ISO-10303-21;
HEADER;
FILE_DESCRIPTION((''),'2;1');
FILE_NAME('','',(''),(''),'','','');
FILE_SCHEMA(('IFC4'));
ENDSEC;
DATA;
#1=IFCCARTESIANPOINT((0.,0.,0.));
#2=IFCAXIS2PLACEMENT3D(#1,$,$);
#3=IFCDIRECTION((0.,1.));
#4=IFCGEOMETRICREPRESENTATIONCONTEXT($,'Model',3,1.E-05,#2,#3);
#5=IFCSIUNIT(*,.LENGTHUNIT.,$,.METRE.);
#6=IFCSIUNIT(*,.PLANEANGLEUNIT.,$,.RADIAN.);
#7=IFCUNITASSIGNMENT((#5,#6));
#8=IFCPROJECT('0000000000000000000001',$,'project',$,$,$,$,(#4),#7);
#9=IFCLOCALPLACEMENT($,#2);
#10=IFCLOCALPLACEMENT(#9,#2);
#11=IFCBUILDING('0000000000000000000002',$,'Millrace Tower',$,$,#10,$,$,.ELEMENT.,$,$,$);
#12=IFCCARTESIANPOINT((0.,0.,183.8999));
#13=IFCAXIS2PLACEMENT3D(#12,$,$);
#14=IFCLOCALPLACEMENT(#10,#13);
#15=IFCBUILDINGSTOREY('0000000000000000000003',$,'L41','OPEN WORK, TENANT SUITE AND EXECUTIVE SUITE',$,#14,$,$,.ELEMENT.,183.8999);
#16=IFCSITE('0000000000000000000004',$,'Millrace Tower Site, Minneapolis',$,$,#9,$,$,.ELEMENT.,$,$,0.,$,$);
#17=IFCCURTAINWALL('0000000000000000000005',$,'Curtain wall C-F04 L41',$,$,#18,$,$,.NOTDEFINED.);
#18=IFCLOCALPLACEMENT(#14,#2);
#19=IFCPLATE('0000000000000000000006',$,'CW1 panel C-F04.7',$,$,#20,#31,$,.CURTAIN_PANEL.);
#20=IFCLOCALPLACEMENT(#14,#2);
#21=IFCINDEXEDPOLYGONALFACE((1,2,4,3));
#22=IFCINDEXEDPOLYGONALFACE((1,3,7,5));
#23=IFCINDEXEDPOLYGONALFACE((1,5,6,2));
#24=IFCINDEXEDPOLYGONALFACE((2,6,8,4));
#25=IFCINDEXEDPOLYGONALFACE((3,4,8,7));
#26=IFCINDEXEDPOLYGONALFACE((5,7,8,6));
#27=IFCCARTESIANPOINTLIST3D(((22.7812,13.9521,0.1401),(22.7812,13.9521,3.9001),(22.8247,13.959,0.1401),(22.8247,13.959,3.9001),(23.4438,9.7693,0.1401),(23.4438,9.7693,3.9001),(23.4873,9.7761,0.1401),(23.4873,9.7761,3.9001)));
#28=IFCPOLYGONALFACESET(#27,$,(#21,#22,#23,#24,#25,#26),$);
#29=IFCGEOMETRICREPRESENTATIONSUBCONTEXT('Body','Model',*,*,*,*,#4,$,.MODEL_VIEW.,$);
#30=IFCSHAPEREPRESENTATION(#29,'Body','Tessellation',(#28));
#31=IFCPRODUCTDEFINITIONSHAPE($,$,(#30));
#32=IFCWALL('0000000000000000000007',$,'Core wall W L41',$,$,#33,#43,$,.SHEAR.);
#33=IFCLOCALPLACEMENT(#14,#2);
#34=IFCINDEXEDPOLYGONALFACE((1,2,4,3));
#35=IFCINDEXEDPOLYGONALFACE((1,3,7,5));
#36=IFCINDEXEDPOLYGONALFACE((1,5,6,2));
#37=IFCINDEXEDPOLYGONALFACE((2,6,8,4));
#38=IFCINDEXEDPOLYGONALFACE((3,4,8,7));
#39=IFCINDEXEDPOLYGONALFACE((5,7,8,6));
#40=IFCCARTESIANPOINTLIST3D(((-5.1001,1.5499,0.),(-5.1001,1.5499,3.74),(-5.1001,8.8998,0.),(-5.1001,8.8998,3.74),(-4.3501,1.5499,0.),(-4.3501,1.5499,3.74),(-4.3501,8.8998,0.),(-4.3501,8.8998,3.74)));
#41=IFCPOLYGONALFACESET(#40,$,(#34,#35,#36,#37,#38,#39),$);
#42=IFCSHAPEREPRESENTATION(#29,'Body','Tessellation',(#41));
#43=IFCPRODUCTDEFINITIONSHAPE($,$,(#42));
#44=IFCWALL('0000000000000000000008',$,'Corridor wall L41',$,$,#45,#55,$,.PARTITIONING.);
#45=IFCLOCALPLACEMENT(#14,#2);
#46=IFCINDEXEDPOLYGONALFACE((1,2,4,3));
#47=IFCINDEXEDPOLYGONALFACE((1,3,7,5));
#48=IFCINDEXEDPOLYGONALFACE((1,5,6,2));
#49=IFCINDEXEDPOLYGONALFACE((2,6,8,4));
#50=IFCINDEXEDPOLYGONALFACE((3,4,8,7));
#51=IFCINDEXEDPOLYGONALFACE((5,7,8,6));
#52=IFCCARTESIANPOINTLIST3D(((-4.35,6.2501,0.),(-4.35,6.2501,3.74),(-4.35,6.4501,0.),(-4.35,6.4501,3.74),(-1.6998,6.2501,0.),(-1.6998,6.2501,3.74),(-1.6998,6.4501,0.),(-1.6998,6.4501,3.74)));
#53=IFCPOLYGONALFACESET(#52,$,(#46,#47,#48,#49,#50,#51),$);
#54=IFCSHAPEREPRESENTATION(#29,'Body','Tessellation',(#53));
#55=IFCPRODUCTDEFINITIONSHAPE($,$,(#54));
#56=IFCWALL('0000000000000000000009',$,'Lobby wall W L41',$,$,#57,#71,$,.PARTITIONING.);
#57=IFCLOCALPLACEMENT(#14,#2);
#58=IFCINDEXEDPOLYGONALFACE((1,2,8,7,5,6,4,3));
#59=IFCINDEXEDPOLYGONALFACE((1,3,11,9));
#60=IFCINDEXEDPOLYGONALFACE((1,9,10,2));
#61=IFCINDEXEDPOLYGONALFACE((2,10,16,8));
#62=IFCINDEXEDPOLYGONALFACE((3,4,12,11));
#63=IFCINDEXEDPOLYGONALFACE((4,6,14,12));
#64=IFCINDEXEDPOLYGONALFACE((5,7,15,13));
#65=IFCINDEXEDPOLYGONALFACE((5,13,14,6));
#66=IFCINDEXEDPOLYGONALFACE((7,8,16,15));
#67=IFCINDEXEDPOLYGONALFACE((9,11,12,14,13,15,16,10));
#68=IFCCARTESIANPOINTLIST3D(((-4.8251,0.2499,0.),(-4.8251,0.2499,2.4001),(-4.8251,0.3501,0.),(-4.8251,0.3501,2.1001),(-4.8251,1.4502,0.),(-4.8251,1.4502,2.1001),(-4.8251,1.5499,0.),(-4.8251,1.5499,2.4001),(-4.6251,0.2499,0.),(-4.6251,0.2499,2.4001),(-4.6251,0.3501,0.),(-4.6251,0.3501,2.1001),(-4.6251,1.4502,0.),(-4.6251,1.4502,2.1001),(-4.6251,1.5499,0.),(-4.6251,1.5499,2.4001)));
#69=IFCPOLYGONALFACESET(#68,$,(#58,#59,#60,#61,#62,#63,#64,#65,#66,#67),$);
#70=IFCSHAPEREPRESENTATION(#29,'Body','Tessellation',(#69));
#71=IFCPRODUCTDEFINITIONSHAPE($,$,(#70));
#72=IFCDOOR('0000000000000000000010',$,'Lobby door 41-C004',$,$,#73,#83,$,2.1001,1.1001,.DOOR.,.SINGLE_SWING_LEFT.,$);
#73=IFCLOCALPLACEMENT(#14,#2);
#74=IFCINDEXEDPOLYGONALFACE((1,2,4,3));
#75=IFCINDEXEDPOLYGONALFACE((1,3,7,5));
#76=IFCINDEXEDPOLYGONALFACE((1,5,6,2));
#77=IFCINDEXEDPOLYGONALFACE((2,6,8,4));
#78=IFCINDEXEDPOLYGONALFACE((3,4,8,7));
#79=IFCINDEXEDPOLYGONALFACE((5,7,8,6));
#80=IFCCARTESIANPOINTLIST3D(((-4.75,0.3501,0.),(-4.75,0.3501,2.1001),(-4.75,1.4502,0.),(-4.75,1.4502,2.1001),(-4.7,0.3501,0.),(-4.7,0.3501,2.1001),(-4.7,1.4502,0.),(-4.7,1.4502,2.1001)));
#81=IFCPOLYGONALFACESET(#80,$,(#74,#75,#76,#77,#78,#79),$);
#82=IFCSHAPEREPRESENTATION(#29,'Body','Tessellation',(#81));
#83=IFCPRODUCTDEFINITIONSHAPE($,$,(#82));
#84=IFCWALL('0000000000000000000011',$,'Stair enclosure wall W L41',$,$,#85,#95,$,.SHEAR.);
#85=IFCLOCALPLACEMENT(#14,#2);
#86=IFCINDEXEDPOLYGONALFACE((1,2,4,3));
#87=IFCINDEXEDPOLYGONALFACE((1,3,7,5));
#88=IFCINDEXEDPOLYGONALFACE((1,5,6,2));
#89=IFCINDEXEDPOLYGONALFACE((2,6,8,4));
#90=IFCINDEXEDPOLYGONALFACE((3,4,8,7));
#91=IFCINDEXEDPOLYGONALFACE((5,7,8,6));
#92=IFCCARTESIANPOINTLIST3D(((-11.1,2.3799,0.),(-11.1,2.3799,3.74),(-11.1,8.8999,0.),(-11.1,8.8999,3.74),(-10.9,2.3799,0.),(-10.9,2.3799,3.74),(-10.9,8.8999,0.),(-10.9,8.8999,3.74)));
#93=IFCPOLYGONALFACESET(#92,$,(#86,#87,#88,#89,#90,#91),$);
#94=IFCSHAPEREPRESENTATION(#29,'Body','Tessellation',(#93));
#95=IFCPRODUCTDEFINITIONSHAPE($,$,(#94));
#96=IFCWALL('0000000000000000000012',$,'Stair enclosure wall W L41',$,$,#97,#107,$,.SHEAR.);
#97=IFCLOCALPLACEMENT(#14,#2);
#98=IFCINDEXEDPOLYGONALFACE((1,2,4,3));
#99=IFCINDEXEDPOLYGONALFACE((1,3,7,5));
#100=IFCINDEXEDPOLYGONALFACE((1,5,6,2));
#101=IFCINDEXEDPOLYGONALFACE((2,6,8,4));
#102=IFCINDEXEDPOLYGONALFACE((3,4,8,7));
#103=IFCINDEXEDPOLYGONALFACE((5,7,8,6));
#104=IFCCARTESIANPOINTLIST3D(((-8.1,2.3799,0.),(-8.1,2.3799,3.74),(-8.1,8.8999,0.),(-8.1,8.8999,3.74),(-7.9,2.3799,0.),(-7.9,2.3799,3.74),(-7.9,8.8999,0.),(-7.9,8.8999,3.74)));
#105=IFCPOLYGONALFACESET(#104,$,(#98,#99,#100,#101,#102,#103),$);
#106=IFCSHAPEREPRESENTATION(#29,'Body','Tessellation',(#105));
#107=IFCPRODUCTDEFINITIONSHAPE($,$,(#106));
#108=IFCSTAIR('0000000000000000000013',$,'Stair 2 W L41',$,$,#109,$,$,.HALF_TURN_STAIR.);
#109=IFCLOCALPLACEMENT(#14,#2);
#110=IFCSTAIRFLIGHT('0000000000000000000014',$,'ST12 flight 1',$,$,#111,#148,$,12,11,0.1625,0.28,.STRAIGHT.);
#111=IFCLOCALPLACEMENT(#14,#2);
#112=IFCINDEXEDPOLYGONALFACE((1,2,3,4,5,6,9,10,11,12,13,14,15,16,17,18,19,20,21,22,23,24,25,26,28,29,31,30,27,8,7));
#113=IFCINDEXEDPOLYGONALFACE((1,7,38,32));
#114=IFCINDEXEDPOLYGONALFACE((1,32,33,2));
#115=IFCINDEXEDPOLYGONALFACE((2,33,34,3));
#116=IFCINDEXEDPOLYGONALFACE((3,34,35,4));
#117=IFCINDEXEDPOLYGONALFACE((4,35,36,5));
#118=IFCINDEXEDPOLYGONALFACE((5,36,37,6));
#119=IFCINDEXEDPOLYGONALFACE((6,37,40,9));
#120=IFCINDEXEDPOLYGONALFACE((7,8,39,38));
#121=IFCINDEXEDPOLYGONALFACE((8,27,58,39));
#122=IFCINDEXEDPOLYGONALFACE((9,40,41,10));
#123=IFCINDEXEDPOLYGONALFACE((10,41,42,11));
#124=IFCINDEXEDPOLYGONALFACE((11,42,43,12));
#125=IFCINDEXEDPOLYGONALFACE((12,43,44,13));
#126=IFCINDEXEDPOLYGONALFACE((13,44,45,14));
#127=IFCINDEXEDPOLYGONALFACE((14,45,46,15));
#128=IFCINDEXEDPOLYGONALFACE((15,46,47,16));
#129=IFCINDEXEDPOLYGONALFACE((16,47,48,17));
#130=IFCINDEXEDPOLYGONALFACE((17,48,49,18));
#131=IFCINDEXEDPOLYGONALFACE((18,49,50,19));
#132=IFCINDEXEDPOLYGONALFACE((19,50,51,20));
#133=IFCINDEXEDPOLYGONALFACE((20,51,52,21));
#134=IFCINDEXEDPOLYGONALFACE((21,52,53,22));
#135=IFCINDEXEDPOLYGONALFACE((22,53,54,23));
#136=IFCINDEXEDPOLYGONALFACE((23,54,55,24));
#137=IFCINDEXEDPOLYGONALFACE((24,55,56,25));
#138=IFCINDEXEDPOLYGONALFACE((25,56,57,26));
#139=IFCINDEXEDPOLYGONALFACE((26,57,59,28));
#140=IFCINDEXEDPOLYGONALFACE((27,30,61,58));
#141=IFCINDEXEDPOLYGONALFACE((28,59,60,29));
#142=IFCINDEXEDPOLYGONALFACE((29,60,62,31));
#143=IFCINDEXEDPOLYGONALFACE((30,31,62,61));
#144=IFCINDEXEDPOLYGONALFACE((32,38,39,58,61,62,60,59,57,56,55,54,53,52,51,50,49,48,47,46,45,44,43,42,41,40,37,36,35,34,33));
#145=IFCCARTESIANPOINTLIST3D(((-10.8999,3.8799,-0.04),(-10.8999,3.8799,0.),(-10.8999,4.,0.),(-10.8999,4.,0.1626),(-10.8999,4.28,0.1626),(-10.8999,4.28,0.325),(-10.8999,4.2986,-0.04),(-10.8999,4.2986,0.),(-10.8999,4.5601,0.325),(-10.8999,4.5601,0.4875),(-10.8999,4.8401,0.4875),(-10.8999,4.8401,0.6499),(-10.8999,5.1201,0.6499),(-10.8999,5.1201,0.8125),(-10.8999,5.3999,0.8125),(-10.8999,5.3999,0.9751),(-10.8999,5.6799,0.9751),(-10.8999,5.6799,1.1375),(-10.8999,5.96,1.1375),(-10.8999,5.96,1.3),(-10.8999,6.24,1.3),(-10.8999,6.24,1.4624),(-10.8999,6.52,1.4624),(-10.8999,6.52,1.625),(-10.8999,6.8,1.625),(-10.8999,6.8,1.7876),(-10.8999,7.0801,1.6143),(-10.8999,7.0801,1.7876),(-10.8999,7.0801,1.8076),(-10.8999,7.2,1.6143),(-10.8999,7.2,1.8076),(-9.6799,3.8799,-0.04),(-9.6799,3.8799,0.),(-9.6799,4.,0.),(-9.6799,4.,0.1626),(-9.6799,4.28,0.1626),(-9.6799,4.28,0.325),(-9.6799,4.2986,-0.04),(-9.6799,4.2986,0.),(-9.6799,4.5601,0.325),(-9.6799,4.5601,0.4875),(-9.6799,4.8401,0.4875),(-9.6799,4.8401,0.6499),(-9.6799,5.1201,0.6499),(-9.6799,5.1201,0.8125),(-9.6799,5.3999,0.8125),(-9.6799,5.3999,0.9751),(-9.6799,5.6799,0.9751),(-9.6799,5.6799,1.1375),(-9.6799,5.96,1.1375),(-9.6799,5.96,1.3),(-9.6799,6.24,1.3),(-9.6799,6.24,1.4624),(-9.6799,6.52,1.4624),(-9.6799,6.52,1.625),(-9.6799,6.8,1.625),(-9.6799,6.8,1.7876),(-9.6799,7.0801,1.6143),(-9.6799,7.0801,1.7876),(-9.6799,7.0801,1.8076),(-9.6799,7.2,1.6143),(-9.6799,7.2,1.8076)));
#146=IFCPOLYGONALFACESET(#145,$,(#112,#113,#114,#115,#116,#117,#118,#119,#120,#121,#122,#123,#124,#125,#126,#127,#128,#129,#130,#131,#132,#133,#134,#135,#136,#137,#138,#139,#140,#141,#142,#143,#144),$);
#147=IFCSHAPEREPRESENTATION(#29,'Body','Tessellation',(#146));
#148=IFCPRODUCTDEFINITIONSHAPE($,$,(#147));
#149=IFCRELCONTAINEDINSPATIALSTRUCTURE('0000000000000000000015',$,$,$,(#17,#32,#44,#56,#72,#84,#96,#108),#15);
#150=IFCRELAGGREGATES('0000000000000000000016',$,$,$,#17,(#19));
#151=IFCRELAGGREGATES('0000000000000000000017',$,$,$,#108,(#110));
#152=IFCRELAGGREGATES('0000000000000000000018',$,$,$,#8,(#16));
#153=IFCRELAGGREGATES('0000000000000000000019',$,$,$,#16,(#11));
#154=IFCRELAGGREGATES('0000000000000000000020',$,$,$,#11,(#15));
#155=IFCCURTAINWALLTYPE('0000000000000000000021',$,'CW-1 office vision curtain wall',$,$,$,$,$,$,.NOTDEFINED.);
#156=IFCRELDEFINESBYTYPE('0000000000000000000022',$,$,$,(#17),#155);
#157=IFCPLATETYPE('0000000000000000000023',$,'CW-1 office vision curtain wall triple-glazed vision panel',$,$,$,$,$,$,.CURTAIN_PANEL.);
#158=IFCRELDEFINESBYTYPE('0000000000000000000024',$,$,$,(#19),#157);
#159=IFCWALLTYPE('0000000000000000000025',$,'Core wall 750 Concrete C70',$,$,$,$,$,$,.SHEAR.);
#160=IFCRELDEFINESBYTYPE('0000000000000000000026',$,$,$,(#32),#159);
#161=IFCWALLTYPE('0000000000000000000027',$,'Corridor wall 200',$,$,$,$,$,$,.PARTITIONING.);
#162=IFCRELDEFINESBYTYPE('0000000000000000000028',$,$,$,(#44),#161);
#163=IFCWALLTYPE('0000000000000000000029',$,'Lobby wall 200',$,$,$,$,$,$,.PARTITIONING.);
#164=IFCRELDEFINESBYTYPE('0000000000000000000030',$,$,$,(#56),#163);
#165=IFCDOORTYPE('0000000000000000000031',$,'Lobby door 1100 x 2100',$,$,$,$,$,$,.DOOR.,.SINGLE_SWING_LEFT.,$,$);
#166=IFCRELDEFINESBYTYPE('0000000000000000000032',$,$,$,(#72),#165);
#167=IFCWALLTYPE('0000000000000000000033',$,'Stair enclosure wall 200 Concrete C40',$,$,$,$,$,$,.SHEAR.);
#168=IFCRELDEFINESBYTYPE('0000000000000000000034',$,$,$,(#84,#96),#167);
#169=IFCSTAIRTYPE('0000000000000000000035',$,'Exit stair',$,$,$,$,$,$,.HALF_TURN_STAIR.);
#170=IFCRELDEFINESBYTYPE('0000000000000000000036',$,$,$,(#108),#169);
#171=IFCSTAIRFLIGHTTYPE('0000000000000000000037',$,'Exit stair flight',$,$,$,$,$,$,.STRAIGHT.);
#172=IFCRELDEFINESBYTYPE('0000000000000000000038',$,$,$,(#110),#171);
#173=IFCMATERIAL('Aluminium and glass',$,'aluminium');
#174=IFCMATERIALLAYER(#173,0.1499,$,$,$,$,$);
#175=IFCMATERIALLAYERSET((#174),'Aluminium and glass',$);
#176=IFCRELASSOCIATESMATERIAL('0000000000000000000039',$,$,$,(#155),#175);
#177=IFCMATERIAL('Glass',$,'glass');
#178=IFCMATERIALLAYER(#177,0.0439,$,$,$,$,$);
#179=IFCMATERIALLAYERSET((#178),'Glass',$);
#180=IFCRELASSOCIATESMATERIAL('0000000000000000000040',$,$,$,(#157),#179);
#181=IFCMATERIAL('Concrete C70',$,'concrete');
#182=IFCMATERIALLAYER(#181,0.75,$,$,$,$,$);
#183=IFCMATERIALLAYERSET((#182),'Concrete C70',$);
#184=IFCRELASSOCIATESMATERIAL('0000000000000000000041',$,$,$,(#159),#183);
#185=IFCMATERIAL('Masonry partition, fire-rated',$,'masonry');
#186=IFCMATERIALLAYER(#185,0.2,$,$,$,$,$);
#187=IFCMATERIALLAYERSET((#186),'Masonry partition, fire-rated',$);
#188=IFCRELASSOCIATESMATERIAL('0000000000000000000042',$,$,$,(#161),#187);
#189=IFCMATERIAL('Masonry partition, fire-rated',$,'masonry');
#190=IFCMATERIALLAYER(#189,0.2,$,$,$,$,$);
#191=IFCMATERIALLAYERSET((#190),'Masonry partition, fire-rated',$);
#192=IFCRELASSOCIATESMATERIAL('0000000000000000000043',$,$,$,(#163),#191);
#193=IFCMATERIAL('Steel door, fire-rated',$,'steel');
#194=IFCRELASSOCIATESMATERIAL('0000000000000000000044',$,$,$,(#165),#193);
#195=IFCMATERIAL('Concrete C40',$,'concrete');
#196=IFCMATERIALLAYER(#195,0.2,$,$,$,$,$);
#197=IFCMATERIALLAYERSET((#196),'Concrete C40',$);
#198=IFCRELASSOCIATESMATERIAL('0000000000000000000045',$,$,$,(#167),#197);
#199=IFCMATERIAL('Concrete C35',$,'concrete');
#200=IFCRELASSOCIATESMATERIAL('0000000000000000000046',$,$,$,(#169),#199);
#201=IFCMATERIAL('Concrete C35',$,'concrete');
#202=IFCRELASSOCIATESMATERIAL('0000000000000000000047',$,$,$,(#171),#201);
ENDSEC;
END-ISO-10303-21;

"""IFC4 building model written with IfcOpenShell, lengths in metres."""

from ifc_helpers import new_model, si_unit, direction, frame, frame_2d, origin, place, context, subcontext, project, spatial, polyline, rectangle, outline, extrude, material, layer, layer_set, type_object, element, fill, aggregate, save


model = new_model("IFC4")

# Units and contexts
model_context = context("Model", 3, precision=1e-05, world=origin(), true_north=direction((0.0, 1.0)))
body_context = subcontext(model_context, "Body", "Model", "MODEL_VIEW")
ifc_project = project(units=[si_unit("LENGTHUNIT", "METRE"), si_unit("PLANEANGLEUNIT", "RADIAN")], contexts=[model_context])

# Site, building, storey
site_placement = place(None, origin())
site = spatial("IfcSite", under=ifc_project, at=site_placement, Name="Millrace Tower Site, Minneapolis", CompositionType="ELEMENT", RefElevation=0.0)
building_placement = place(site_placement, origin())
building = spatial("IfcBuilding", under=site, at=building_placement, Name="Millrace Tower", CompositionType="ELEMENT")
storey_placement = place(building_placement, frame((0.0, 0.0, 183.8999)))
storey = spatial("IfcBuildingStorey", under=building, at=storey_placement, Name="L41", Description="OPEN WORK, TENANT SUITE AND EXECUTIVE SUITE", CompositionType="ELEMENT", Elevation=183.8999)

# Shared definitions
ifc_material_1 = material(Name="Aluminium and glass", Category="aluminium")
ifc_layer_1 = layer(ifc_material_1, 0.1499)
ifc_layer_set_1 = layer_set([ifc_layer_1], Name="Aluminium and glass")
curtain_wall_type = type_object("IfcCurtainWallType", Name="CW-1 office vision curtain wall", PredefinedType="NOTDEFINED", material=ifc_layer_set_1)
placement_1 = place(storey_placement, origin())
ifc_material_2 = material(Name="Glass", Category="glass")
ifc_layer_2 = layer(ifc_material_2, 0.0439)
ifc_layer_set_2 = layer_set([ifc_layer_2], Name="Glass")
plate_type = type_object("IfcPlateType", Name="CW-1 office vision curtain wall triple-glazed vision panel", PredefinedType="CURTAIN_PANEL", material=ifc_layer_set_2)
placement_2 = place(storey_placement, frame((0.0, 0.0, 0.1401)))

# Curtain wall, plate
curtain_wall_1 = element("IfcCurtainWall", 1, at=placement_1, inside=storey, type_object=curtain_wall_type, Name="Curtain wall C-F04 L41", PredefinedType="NOTDEFINED")
plate_1 = element("IfcPlate", 2, at=placement_2, type_object=plate_type, Name="CW1 panel C-F04.7", PredefinedType="CURTAIN_PANEL", context=body_context, shape_type="SweptSolid", body=[
    extrude(outline(polyline([(23.4873, 9.7761), (22.8247, 13.959), (22.7812, 13.9521), (23.4438, 9.7693), (23.4873, 9.7761)])), origin(), (0.0, 0.0, 1.0), 3.76),
])
aggregate(curtain_wall_1, [plate_1])

# Walls
ifc_material_3 = material(Name="Concrete C70", Category="concrete")
ifc_layer_3 = layer(ifc_material_3, 0.75)
ifc_layer_set_3 = layer_set([ifc_layer_3], Name="Concrete C70")
wall_type_1 = type_object("IfcWallType", Name="Core wall 750 Concrete C70", PredefinedType="SHEAR", material=ifc_layer_set_3)
wall_1_placement = place(storey_placement, frame((-4.7251, 1.55, 0.0), z_axis=(0.0, 0.0, 1.0), x_axis=(0.0, 1.0, 0.0)))
element("IfcWall", 3, at=wall_1_placement, inside=storey, type_object=wall_type_1, Name="Core wall W L41", PredefinedType="SHEAR", context=body_context, shape_type="SweptSolid", body=[
    extrude(rectangle(XDim=7.3499, YDim=0.75, at=frame_2d((3.6748, 0.0))), origin(), (0.0, 0.0, 1.0), 3.74),
])
ifc_material_4 = material(Name="Masonry partition, fire-rated", Category="masonry")
ifc_layer_4 = layer(ifc_material_4, 0.2)
ifc_layer_set_4 = layer_set([ifc_layer_4], Name="Masonry partition, fire-rated")
wall_type_2 = type_object("IfcWallType", Name="Corridor wall 200", PredefinedType="PARTITIONING", material=ifc_layer_set_4)
wall_2_placement = place(storey_placement, frame((-4.3501, 6.3501, 0.0), z_axis=(0.0, 0.0, 1.0), x_axis=(1.0, 0.0, 0.0)))
element("IfcWall", 4, at=wall_2_placement, inside=storey, type_object=wall_type_2, Name="Corridor wall L41", PredefinedType="PARTITIONING", context=body_context, shape_type="SweptSolid", body=[
    extrude(rectangle(XDim=2.6501, YDim=0.2, at=frame_2d((1.3252, 0.0))), origin(), (0.0, 0.0, 1.0), 3.74),
])

# Wall, opening, door
ifc_material_5 = material(Name="Masonry partition, fire-rated", Category="masonry")
ifc_layer_5 = layer(ifc_material_5, 0.2)
ifc_layer_set_5 = layer_set([ifc_layer_5], Name="Masonry partition, fire-rated")
wall_type_3 = type_object("IfcWallType", Name="Lobby wall 200", PredefinedType="PARTITIONING", material=ifc_layer_set_5)
wall_3_placement = place(storey_placement, frame((-4.7251, 0.25, 0.0), z_axis=(0.0, 0.0, 1.0), x_axis=(0.0, 1.0, 0.0)))
wall_3 = element("IfcWall", 5, at=wall_3_placement, inside=storey, type_object=wall_type_3, Name="Lobby wall W L41", PredefinedType="PARTITIONING", context=body_context, shape_type="SweptSolid", body=[
    extrude(rectangle(XDim=1.3, YDim=0.2, at=frame_2d((0.6499, 0.0))), origin(), (0.0, 0.0, 1.0), 2.4001),
])
opening_placement = place(wall_3_placement, frame((0.1001, 0.0, 0.0)))
opening = element("IfcOpeningElement", 6, at=opening_placement, cuts=wall_3, PredefinedType="OPENING", context=body_context, shape_type="SweptSolid", body=[
    extrude(rectangle(XDim=1.1001, YDim=2.1001, at=frame_2d((0.55, 1.05))), frame((0.0, 0.1099, 0.0), z_axis=(0.0, -1.0, 0.0), x_axis=(1.0, 0.0, 0.0)), (0.0, 0.0, 1.0), 0.22),
])
ifc_material_6 = material(Name="Steel door, fire-rated", Category="steel")
door_type = type_object("IfcDoorType", Name="Lobby door 1100 x 2100", OperationType="SINGLE_SWING_LEFT", PredefinedType="DOOR", material=ifc_material_6)
door_placement = place(opening_placement, origin())
door = element("IfcDoor", 7, at=door_placement, inside=storey, type_object=door_type, Name="Lobby door 41-C004", OperationType="SINGLE_SWING_LEFT", OverallHeight=2.1001, OverallWidth=1.1001, PredefinedType="DOOR", context=body_context, shape_type="SweptSolid", body=[
    extrude(rectangle(XDim=1.1001, YDim=2.1001, at=frame_2d((0.55, 1.05))), frame((0.0, 0.0249, 0.0), z_axis=(0.0, -1.0, 0.0), x_axis=(1.0, 0.0, 0.0)), (0.0, 0.0, 1.0), 0.05),
])
fill(opening, door)

# Walls
ifc_material_7 = material(Name="Concrete C40", Category="concrete")
ifc_layer_6 = layer(ifc_material_7, 0.2)
ifc_layer_set_6 = layer_set([ifc_layer_6], Name="Concrete C40")
wall_type_4 = type_object("IfcWallType", Name="Stair enclosure wall 200 Concrete C40", PredefinedType="SHEAR", material=ifc_layer_set_6)
for number, where, z_axis, x_axis, name in (
    (8, (-11.0, 2.3799, 0.0), (0.0, 0.0, 1.0), (0.0, 1.0, 0.0), "Stair enclosure wall W L41"),
    (9, (-8.0, 2.3799, 0.0), (0.0, 0.0, 1.0), (0.0, 1.0, 0.0), "Stair enclosure wall W L41"),
):
    element("IfcWall", number, at=place(storey_placement, frame(where, z_axis=z_axis, x_axis=x_axis)), inside=storey, type_object=wall_type_4, Name=name, PredefinedType="SHEAR", context=body_context, shape_type="SweptSolid", body=[
        extrude(rectangle(XDim=6.52, YDim=0.2, at=frame_2d((3.26, 0.0))), origin(), (0.0, 0.0, 1.0), 3.74),
    ])

# Stair, stair flight
ifc_material_8 = material(Name="Concrete C35", Category="concrete")
stair_type = type_object("IfcStairType", Name="Exit stair", PredefinedType="HALF_TURN_STAIR", material=ifc_material_8)
stair_1 = element("IfcStair", 10, at=placement_1, inside=storey, type_object=stair_type, Name="Stair 2 W L41", PredefinedType="HALF_TURN_STAIR")
ifc_material_9 = material(Name="Concrete C35", Category="concrete")
stair_flight_type = type_object("IfcStairFlightType", Name="Exit stair flight", PredefinedType="STRAIGHT", material=ifc_material_9)
stair_flight_1_placement = place(storey_placement, frame((-10.29, 4.0, 0.0), z_axis=(0.0, 0.0, 1.0), x_axis=(0.0, 1.0, 0.0)))
stair_flight_1 = element("IfcStairFlight", 11, at=stair_flight_1_placement, type_object=stair_flight_type, Name="ST12 flight 1", NumberOfRisers=12, NumberOfTreads=11, PredefinedType="STRAIGHT", RiserHeight=0.1625, TreadLength=0.28, context=body_context, shape_type="SweptSolid", body=[
    extrude(outline(polyline([(-0.1201, -0.04), (-0.1201, 0.0), (0.0, 0.0), (0.0, 0.1626), (0.28, 0.1626), (0.28, 0.325), (0.5601, 0.325), (0.5601, 0.4875), (0.8401, 0.4875), (0.8401, 0.6499), (1.1201, 0.6499), (1.1201, 0.8125), (1.3999, 0.8125), (1.3999, 0.9751), (1.6799, 0.9751), (1.6799, 1.1375), (1.96, 1.1375), (1.96, 1.3), (2.24, 1.3), (2.24, 1.4624), (2.52, 1.4624), (2.52, 1.625), (2.8, 1.625), (2.8, 1.7876), (3.0801, 1.7876), (3.0801, 1.8076), (3.2, 1.8076), (3.2, 1.6143), (3.0801, 1.6143), (0.2986, 0.0), (0.2986, -0.04), (-0.1201, -0.04)])), frame((0.0, 0.6099, 0.0), z_axis=(0.0, -1.0, 0.0), x_axis=(1.0, 0.0, 0.0)), (0.0, 0.0, 1.0), 1.22),
])
aggregate(stair_1, [stair_flight_1])

save(model, "model.ifc")
